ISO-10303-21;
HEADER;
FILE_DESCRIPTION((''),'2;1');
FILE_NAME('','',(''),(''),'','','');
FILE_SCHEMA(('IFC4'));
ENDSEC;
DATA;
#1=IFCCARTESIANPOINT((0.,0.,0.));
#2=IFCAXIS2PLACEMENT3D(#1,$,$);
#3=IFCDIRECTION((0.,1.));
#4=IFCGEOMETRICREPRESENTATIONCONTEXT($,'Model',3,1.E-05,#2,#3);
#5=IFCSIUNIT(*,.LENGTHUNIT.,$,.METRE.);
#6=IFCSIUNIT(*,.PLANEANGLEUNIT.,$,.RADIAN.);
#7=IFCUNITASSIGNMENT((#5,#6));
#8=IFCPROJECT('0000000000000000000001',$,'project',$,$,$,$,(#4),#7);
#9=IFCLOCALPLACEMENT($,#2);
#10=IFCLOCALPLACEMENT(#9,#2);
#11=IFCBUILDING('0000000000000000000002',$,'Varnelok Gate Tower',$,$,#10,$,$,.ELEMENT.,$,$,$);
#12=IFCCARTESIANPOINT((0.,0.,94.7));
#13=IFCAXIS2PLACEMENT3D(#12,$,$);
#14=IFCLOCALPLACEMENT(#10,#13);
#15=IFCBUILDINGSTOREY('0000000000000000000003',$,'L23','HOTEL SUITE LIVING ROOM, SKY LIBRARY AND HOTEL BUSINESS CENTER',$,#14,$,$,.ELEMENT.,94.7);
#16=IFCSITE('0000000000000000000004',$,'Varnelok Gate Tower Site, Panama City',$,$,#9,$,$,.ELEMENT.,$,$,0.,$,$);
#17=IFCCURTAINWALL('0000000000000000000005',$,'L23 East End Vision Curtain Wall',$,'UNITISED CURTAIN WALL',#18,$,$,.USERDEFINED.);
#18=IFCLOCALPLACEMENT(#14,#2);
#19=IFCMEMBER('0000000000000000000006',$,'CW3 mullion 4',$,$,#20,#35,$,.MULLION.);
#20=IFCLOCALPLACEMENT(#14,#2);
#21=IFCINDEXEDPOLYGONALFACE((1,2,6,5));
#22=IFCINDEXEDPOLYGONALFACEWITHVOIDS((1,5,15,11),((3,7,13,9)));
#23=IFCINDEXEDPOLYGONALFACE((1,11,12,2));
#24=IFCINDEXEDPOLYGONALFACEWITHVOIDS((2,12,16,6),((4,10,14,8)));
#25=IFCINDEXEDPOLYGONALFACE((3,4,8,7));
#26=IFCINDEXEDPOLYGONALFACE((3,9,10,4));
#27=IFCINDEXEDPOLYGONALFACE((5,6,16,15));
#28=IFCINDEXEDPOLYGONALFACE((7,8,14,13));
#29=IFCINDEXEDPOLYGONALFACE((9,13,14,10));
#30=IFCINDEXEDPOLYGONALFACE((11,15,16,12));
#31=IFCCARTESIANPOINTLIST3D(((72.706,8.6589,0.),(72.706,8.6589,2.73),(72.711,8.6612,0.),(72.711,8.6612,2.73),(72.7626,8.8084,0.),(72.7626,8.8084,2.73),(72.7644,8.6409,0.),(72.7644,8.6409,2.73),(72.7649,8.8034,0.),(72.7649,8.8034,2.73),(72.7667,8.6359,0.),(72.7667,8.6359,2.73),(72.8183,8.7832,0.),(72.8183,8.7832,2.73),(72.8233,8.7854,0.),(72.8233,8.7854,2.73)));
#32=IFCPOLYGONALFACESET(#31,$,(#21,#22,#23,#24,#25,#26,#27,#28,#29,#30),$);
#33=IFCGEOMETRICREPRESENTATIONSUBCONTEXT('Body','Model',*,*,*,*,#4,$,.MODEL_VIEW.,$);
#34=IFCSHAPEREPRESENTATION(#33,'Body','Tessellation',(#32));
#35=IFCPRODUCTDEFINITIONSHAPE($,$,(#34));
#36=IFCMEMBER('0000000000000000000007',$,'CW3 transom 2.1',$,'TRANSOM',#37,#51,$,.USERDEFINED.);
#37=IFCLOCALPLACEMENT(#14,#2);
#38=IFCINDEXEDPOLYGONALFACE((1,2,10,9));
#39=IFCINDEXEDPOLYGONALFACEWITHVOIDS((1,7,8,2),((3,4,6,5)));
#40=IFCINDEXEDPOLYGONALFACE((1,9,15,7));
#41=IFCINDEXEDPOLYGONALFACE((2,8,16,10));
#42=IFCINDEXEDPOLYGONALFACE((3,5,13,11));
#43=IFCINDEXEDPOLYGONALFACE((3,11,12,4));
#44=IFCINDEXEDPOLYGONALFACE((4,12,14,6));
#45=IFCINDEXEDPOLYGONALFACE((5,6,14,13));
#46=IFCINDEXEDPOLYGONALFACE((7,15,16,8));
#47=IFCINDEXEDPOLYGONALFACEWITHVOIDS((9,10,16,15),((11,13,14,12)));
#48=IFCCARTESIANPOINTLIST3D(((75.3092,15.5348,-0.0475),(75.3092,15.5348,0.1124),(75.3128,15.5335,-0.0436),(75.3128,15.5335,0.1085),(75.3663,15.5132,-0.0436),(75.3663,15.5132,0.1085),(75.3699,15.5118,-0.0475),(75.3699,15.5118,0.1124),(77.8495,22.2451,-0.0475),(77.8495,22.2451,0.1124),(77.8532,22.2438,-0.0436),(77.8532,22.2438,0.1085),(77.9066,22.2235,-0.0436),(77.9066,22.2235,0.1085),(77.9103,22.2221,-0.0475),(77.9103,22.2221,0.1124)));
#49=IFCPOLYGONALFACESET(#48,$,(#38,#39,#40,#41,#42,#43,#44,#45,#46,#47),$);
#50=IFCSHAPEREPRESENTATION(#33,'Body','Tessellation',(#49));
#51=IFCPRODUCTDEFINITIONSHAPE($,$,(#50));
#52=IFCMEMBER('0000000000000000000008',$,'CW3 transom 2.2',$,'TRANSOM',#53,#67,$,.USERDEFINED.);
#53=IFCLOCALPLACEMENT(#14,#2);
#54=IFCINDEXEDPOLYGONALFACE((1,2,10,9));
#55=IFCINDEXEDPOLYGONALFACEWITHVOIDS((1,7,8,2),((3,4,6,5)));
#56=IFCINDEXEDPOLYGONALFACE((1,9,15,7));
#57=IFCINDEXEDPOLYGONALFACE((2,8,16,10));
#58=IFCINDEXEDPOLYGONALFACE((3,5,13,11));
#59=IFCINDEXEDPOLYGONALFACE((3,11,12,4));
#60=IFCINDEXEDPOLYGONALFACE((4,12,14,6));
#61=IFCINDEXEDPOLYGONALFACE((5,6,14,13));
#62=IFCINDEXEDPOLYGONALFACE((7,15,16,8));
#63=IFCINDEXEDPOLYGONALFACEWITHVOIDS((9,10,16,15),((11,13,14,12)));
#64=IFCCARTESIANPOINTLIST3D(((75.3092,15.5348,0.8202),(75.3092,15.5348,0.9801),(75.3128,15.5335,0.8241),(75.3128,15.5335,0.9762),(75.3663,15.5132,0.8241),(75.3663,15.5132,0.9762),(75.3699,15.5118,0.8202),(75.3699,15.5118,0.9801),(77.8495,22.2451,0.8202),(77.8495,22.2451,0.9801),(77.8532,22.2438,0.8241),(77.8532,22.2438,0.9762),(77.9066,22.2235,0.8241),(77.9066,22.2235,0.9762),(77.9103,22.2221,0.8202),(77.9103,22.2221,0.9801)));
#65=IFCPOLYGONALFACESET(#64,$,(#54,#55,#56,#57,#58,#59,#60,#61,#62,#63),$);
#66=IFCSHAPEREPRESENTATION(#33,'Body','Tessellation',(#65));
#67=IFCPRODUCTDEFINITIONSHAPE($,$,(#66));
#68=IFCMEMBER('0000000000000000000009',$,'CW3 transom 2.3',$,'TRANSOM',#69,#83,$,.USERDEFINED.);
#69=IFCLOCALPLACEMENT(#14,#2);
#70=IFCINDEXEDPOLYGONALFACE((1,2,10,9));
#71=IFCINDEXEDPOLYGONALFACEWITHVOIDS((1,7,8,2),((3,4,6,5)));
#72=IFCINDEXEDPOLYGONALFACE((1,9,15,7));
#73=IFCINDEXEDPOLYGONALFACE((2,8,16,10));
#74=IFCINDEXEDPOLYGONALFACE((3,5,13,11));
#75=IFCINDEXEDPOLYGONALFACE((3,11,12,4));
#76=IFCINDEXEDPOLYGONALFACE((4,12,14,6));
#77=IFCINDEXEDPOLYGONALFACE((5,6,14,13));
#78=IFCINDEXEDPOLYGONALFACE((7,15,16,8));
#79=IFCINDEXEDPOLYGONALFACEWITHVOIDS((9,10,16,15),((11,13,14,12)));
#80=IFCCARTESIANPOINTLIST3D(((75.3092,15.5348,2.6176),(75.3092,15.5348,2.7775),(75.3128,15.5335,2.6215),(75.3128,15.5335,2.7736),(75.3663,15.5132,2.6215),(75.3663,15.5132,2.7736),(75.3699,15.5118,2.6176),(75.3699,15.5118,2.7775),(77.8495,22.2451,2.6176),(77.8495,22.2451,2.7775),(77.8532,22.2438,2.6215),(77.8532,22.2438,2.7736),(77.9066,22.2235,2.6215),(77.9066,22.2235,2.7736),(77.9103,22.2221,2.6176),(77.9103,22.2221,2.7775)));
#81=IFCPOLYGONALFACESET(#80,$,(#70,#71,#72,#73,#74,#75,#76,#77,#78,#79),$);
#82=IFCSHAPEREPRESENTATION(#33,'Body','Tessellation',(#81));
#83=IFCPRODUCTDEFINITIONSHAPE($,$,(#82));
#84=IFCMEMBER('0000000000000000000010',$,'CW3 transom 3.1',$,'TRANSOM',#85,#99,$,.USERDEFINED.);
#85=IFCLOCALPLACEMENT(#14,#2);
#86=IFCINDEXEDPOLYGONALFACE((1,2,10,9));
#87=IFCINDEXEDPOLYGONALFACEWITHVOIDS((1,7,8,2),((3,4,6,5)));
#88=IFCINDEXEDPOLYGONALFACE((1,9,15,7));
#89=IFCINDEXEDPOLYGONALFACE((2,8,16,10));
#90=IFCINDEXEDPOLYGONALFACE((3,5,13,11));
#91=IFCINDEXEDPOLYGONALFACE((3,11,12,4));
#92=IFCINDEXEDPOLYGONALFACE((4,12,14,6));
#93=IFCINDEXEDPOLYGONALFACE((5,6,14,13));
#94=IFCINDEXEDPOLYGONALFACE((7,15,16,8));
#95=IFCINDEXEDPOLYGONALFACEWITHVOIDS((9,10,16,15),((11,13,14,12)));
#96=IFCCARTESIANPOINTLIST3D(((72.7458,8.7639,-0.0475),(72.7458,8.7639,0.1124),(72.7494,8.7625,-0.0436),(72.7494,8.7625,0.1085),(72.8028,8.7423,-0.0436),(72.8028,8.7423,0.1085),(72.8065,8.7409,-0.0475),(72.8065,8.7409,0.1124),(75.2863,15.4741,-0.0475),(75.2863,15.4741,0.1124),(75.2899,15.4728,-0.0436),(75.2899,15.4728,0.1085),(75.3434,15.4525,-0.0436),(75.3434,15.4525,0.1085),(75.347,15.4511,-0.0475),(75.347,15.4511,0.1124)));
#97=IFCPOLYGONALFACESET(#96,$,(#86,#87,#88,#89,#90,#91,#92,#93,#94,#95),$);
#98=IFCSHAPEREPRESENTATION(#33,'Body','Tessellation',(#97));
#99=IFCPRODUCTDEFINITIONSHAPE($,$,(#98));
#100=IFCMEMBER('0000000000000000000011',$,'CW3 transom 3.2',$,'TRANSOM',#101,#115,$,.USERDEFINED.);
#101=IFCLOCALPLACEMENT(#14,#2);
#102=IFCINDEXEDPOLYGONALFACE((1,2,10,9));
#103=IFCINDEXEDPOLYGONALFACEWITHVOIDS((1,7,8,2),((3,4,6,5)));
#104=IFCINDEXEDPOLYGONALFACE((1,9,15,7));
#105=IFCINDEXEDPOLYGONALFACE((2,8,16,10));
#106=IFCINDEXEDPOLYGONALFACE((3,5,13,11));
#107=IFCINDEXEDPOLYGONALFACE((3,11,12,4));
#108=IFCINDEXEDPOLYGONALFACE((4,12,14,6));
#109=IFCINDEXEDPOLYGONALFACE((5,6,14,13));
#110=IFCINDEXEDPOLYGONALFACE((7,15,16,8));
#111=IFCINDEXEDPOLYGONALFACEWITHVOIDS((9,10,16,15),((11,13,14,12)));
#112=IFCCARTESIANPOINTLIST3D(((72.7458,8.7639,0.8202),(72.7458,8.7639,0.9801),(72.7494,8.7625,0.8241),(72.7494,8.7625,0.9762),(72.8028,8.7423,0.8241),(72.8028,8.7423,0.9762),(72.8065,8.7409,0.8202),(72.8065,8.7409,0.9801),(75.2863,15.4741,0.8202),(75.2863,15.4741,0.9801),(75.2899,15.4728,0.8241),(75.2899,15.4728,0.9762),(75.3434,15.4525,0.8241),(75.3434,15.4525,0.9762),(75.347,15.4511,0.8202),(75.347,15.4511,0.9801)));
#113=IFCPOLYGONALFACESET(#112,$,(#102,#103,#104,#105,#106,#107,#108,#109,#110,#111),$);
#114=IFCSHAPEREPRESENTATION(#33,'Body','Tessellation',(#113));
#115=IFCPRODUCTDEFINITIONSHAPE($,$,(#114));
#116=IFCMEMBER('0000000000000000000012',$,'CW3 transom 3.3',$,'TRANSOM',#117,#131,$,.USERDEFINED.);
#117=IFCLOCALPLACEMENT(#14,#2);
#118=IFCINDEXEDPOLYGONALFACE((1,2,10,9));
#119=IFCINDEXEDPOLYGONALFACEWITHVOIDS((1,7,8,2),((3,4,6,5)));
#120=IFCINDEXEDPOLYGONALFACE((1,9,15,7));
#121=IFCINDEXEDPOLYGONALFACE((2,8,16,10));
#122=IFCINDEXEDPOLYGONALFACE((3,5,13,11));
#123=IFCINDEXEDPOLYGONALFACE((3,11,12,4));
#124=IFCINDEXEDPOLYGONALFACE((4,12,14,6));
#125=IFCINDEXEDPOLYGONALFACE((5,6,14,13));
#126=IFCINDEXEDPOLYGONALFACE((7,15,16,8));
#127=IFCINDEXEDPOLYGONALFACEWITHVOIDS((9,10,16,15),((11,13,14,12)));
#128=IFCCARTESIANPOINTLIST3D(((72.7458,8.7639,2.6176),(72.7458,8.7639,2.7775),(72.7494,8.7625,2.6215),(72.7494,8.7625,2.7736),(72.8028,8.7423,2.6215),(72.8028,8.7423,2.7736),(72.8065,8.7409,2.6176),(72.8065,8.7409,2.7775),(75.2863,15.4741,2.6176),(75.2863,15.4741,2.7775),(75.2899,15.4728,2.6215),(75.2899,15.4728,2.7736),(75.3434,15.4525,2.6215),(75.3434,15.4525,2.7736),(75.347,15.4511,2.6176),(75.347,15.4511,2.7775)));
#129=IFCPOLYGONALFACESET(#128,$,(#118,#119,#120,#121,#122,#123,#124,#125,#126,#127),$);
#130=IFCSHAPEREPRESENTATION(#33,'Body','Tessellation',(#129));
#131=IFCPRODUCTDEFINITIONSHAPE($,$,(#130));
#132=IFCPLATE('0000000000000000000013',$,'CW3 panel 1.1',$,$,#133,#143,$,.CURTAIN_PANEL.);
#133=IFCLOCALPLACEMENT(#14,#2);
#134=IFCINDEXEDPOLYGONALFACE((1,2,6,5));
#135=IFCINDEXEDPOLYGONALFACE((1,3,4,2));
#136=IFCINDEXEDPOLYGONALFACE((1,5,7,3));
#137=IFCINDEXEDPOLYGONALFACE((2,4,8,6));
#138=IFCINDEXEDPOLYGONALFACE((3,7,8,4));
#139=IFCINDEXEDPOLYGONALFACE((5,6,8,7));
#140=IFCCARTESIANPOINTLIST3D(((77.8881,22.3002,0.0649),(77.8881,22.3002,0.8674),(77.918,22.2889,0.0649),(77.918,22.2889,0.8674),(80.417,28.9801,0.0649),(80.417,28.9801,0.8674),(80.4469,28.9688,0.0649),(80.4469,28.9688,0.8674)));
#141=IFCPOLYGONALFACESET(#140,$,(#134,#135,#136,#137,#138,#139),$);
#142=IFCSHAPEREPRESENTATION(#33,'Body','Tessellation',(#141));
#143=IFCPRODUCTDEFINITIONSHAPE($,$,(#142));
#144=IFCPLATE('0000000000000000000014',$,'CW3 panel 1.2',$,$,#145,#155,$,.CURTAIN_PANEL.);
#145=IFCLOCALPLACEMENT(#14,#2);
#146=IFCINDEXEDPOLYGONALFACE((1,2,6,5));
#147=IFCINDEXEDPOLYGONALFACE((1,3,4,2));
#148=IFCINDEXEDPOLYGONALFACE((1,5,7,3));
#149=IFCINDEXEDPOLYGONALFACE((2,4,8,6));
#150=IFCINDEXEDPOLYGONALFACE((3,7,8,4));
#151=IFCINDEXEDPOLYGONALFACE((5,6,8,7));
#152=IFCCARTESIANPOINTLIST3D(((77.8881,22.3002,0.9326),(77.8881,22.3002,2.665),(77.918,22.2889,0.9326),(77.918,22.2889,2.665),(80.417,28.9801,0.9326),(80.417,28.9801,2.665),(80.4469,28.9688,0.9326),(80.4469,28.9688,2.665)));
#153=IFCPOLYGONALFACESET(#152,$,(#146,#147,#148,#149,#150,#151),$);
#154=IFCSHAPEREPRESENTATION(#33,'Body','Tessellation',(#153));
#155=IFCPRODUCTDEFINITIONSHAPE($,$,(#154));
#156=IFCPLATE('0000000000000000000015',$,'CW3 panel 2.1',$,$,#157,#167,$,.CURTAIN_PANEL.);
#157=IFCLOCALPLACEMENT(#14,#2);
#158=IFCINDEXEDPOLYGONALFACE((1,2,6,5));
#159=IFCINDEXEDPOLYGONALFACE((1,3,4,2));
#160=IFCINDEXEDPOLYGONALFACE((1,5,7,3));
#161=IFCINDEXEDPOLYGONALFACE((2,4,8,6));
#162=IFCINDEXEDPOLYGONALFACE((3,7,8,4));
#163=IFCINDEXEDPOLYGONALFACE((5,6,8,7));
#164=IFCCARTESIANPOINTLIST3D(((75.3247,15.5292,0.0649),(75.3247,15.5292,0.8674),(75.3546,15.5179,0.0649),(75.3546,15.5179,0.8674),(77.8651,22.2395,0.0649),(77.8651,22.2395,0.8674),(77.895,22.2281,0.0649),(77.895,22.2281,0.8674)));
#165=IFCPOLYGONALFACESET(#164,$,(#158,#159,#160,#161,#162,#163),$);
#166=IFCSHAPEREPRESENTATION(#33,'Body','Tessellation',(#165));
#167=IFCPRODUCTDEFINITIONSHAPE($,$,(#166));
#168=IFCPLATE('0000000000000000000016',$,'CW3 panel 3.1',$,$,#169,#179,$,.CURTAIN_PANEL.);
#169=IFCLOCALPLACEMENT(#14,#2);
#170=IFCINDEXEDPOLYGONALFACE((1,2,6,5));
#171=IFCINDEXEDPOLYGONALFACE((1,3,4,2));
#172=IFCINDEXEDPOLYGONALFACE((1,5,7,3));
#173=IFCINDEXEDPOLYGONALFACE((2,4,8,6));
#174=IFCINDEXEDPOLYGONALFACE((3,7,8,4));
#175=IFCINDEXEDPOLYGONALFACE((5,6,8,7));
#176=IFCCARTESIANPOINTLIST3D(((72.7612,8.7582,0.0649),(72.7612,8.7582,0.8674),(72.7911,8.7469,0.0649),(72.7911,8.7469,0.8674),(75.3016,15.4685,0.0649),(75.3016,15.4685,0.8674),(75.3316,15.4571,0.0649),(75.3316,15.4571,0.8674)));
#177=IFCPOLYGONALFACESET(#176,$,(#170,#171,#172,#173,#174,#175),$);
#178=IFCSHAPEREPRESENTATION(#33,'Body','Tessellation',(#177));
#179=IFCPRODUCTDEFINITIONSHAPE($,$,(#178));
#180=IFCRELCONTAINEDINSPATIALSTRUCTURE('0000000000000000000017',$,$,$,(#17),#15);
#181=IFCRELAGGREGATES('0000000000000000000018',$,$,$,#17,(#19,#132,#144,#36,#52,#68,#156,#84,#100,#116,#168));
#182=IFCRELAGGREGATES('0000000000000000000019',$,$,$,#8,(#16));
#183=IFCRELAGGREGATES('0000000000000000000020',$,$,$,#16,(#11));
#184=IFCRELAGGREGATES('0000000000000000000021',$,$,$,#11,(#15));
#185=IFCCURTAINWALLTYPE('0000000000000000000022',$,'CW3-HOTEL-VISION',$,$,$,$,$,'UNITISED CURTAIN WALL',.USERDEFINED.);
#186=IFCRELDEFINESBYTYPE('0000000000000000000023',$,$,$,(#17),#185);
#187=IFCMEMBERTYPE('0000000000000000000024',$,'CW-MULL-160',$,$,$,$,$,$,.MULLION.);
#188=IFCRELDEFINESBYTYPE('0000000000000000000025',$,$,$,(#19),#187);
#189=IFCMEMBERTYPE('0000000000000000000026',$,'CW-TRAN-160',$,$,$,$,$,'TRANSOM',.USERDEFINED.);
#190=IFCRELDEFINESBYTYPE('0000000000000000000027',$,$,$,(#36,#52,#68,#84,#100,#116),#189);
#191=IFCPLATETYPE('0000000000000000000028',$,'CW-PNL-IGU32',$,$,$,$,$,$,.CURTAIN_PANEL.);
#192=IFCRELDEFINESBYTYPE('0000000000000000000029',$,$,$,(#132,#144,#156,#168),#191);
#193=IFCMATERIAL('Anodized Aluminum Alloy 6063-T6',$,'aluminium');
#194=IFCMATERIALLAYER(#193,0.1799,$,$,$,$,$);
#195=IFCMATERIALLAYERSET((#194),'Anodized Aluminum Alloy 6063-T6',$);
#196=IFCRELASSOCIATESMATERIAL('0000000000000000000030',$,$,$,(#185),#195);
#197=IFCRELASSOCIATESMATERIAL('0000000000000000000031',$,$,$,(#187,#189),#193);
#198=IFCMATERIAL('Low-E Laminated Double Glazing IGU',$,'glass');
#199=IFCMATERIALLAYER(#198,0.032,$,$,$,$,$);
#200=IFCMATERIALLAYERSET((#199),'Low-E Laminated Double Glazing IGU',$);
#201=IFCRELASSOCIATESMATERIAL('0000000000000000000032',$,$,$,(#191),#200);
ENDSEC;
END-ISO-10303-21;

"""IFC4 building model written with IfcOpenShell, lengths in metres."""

from ifc_helpers import new_model, si_unit, direction, frame, origin, origin_2d, place, context, subcontext, project, spatial, rectangle, hollow_rectangle, extrude, source, transform, mapped, material, layer, layer_set, material_profile, profile_set, type_object, element, aggregate, save


model = new_model("IFC4")

# Units and contexts
model_context = context("Model", 3, precision=1e-05, world=origin(), true_north=direction((0.0, 1.0)))
body_context = subcontext(model_context, "Body", "Model", "MODEL_VIEW")
ifc_project = project(units=[si_unit("LENGTHUNIT", "METRE"), si_unit("PLANEANGLEUNIT", "RADIAN")], contexts=[model_context])

# Site, building, storey
site_placement = place(None, origin())
site = spatial("IfcSite", under=ifc_project, at=site_placement, Name="Varnelok Gate Tower Site, Panama City", CompositionType="ELEMENT", RefElevation=0.0)
building_placement = place(site_placement, origin())
building = spatial("IfcBuilding", under=site, at=building_placement, Name="Varnelok Gate Tower", CompositionType="ELEMENT")
storey_placement = place(building_placement, frame((0.0, 0.0, 94.7)))
storey = spatial("IfcBuildingStorey", under=building, at=storey_placement, Name="L23", Description="HOTEL SUITE LIVING ROOM, SKY LIBRARY AND HOTEL BUSINESS CENTER", CompositionType="ELEMENT", Elevation=94.7)

# Curtain wall, members, plates
ifc_material_1 = material(Name="Anodized Aluminum Alloy 6063-T6", Category="aluminium")
ifc_layer_1 = layer(ifc_material_1, 0.1799)
ifc_layer_set_1 = layer_set([ifc_layer_1], Name="Anodized Aluminum Alloy 6063-T6")
curtain_wall_type = type_object("IfcCurtainWallType", Name="CW3-HOTEL-VISION", ElementType="UNITISED CURTAIN WALL", PredefinedType="USERDEFINED", material=ifc_layer_set_1)
curtain_wall_placement = place(storey_placement, origin())
curtain_wall = element("IfcCurtainWall", 1, at=curtain_wall_placement, inside=storey, type_object=curtain_wall_type, Name="L23 East End Vision Curtain Wall", ObjectType="UNITISED CURTAIN WALL", PredefinedType="USERDEFINED")
ifc_material_profile_1 = material_profile(ifc_material_1, hollow_rectangle(XDim=0.0649, YDim=0.1599, WallThickness=0.0039, at=origin_2d()), Name="ALU160X65X4")
ifc_profile_set_1 = profile_set([ifc_material_profile_1], Name="Anodized Aluminum Alloy 6063-T6")
member_type_1 = type_object("IfcMemberType", Name="CW-MULL-160", PredefinedType="MULLION", material=ifc_profile_set_1)
member_1_placement = place(storey_placement, frame((72.7646, 8.7222, 0.0), z_axis=(0.0, 0.0, 1.0), x_axis=(0.935221, -0.354064, 0.0)))
member_1 = element("IfcMember", 2, at=member_1_placement, type_object=member_type_1, Name="CW3 mullion 4", PredefinedType="MULLION", context=body_context, shape_type="SweptSolid", body=[
    extrude(hollow_rectangle(XDim=0.0649, YDim=0.1599, WallThickness=0.0039, at=origin_2d()), origin(), (0.0, 0.0, 1.0), 2.73),
])
ifc_material_profile_2 = material_profile(ifc_material_1, hollow_rectangle(XDim=0.0649, YDim=0.1599, WallThickness=0.0039, at=origin_2d()), Name="ALU160X65X4")
ifc_profile_set_2 = profile_set([ifc_material_profile_2], Name="Anodized Aluminum Alloy 6063-T6")
member_type_2 = type_object("IfcMemberType", Name="CW-TRAN-160", ElementType="TRANSOM", PredefinedType="USERDEFINED", material=ifc_profile_set_2)
member_2_placement = place(storey_placement, frame((77.8799, 22.2336, 0.0325), z_axis=(-0.354049, -0.935227, 0.0), x_axis=(0.935227, -0.354049, 0.0)))
member_2 = element("IfcMember", 3, at=member_2_placement, type_object=member_type_2, Name="CW3 transom 2.1", ObjectType="TRANSOM", PredefinedType="USERDEFINED", context=body_context, shape_type="SweptSolid", body=[
    extrude(hollow_rectangle(XDim=0.0649, YDim=0.1599, WallThickness=0.0039, at=origin_2d()), origin(), (0.0, 0.0, 1.0), 7.175),
])
member_3_placement = place(storey_placement, frame((77.8799, 22.2336, 0.9001), z_axis=(-0.354049, -0.935227, 0.0), x_axis=(0.935227, -0.354049, 0.0)))
member_3 = element("IfcMember", 4, at=member_3_placement, type_object=member_type_2, Name="CW3 transom 2.2", ObjectType="TRANSOM", PredefinedType="USERDEFINED", context=body_context, shape_type="SweptSolid", body=[
    extrude(hollow_rectangle(XDim=0.0649, YDim=0.1599, WallThickness=0.0039, at=origin_2d()), origin(), (0.0, 0.0, 1.0), 7.175),
])
member_4_placement = place(storey_placement, frame((77.8799, 22.2336, 2.6975), z_axis=(-0.354049, -0.935227, 0.0), x_axis=(0.935227, -0.354049, 0.0)))
member_4 = element("IfcMember", 5, at=member_4_placement, type_object=member_type_2, Name="CW3 transom 2.3", ObjectType="TRANSOM", PredefinedType="USERDEFINED", context=body_context, shape_type="SweptSolid", body=[
    extrude(hollow_rectangle(XDim=0.0649, YDim=0.1599, WallThickness=0.0039, at=origin_2d()), origin(), (0.0, 0.0, 1.0), 7.175),
])
member_5_placement = place(storey_placement, frame((75.3167, 15.4626, 0.0325), z_axis=(-0.354079, -0.935216, 0.0), x_axis=(0.935216, -0.354079, 0.0)))
member_5 = element("IfcMember", 6, at=member_5_placement, type_object=member_type_2, Name="CW3 transom 3.1", ObjectType="TRANSOM", PredefinedType="USERDEFINED", context=body_context, shape_type="SweptSolid", body=[
    extrude(hollow_rectangle(XDim=0.0649, YDim=0.1599, WallThickness=0.0039, at=origin_2d()), origin(), (0.0, 0.0, 1.0), 7.175),
])
member_6_placement = place(storey_placement, frame((75.3167, 15.4626, 0.9001), z_axis=(-0.354079, -0.935216, 0.0), x_axis=(0.935216, -0.354079, 0.0)))
member_6 = element("IfcMember", 7, at=member_6_placement, type_object=member_type_2, Name="CW3 transom 3.2", ObjectType="TRANSOM", PredefinedType="USERDEFINED", context=body_context, shape_type="SweptSolid", body=[
    extrude(hollow_rectangle(XDim=0.0649, YDim=0.1599, WallThickness=0.0039, at=origin_2d()), origin(), (0.0, 0.0, 1.0), 7.175),
])
member_7_placement = place(storey_placement, frame((75.3167, 15.4626, 2.6975), z_axis=(-0.354079, -0.935216, 0.0), x_axis=(0.935216, -0.354079, 0.0)))
member_7 = element("IfcMember", 8, at=member_7_placement, type_object=member_type_2, Name="CW3 transom 3.3", ObjectType="TRANSOM", PredefinedType="USERDEFINED", context=body_context, shape_type="SweptSolid", body=[
    extrude(hollow_rectangle(XDim=0.0649, YDim=0.1599, WallThickness=0.0039, at=origin_2d()), origin(), (0.0, 0.0, 1.0), 7.175),
])
ifc_material_2 = material(Name="Low-E Laminated Double Glazing IGU", Category="glass")
ifc_layer_2 = layer(ifc_material_2, 0.032)
ifc_layer_set_2 = layer_set([ifc_layer_2], Name="Low-E Laminated Double Glazing IGU")
plate_type = type_object("IfcPlateType", Name="CW-PNL-IGU32", PredefinedType="CURTAIN_PANEL", material=ifc_layer_set_2)
shared_shape_1 = source(origin(), body_context, "Body", "SweptSolid", [
    extrude(rectangle(XDim=7.1426, YDim=0.032, at=origin_2d()), origin(), (0.0, 0.0, 1.0), 0.8025),
])
plate_1_placement = place(storey_placement, frame((79.1675, 25.6345, 0.0649), z_axis=(0.0, 0.0, 1.0), x_axis=(-0.354064, -0.935221, 0.0)))
plate_1 = element("IfcPlate", 9, at=plate_1_placement, type_object=plate_type, Name="CW3 panel 1.1", PredefinedType="CURTAIN_PANEL", context=body_context, shape_type="MappedRepresentation", body=[
    mapped(shared_shape_1, transform((0.0, 0.0, 0.0), scale=1.0)),
])
shared_shape_2 = source(origin(), body_context, "Body", "SweptSolid", [
    extrude(rectangle(XDim=7.1426, YDim=0.032, at=origin_2d()), origin(), (0.0, 0.0, 1.0), 1.7324),
])
plate_2_placement = place(storey_placement, frame((79.1675, 25.6345, 0.9326), z_axis=(0.0, 0.0, 1.0), x_axis=(-0.354064, -0.935221, 0.0)))
plate_2 = element("IfcPlate", 10, at=plate_2_placement, type_object=plate_type, Name="CW3 panel 1.2", PredefinedType="CURTAIN_PANEL", context=body_context, shape_type="MappedRepresentation", body=[
    mapped(shared_shape_2, transform((0.0, 0.0, 0.0), scale=1.0)),
])
shared_shape_3 = source(origin(), body_context, "Body", "SweptSolid", [
    extrude(rectangle(XDim=7.175, YDim=0.032, at=origin_2d()), origin(), (0.0, 0.0, 1.0), 0.8025),
])
plate_3_placement = place(storey_placement, frame((76.6099, 18.8787, 0.0649), z_axis=(0.0, 0.0, 1.0), x_axis=(-0.354064, -0.935221, 0.0)))
plate_3 = element("IfcPlate", 11, at=plate_3_placement, type_object=plate_type, Name="CW3 panel 2.1", PredefinedType="CURTAIN_PANEL", context=body_context, shape_type="MappedRepresentation", body=[
    mapped(shared_shape_3, transform((0.0, 0.0, 0.0), scale=1.0)),
])
plate_4_placement = place(storey_placement, frame((74.0464, 12.1077, 0.0649), z_axis=(0.0, 0.0, 1.0), x_axis=(-0.354064, -0.935221, 0.0)))
plate_4 = element("IfcPlate", 12, at=plate_4_placement, type_object=plate_type, Name="CW3 panel 3.1", PredefinedType="CURTAIN_PANEL", context=body_context, shape_type="MappedRepresentation", body=[
    mapped(shared_shape_3, transform((0.0, 0.0, 0.0), scale=1.0)),
])
aggregate(curtain_wall, [member_1, plate_1, plate_2, member_2, member_3, member_4, plate_3, member_5, member_6, member_7, plate_4])

save(model, "model.ifc")
